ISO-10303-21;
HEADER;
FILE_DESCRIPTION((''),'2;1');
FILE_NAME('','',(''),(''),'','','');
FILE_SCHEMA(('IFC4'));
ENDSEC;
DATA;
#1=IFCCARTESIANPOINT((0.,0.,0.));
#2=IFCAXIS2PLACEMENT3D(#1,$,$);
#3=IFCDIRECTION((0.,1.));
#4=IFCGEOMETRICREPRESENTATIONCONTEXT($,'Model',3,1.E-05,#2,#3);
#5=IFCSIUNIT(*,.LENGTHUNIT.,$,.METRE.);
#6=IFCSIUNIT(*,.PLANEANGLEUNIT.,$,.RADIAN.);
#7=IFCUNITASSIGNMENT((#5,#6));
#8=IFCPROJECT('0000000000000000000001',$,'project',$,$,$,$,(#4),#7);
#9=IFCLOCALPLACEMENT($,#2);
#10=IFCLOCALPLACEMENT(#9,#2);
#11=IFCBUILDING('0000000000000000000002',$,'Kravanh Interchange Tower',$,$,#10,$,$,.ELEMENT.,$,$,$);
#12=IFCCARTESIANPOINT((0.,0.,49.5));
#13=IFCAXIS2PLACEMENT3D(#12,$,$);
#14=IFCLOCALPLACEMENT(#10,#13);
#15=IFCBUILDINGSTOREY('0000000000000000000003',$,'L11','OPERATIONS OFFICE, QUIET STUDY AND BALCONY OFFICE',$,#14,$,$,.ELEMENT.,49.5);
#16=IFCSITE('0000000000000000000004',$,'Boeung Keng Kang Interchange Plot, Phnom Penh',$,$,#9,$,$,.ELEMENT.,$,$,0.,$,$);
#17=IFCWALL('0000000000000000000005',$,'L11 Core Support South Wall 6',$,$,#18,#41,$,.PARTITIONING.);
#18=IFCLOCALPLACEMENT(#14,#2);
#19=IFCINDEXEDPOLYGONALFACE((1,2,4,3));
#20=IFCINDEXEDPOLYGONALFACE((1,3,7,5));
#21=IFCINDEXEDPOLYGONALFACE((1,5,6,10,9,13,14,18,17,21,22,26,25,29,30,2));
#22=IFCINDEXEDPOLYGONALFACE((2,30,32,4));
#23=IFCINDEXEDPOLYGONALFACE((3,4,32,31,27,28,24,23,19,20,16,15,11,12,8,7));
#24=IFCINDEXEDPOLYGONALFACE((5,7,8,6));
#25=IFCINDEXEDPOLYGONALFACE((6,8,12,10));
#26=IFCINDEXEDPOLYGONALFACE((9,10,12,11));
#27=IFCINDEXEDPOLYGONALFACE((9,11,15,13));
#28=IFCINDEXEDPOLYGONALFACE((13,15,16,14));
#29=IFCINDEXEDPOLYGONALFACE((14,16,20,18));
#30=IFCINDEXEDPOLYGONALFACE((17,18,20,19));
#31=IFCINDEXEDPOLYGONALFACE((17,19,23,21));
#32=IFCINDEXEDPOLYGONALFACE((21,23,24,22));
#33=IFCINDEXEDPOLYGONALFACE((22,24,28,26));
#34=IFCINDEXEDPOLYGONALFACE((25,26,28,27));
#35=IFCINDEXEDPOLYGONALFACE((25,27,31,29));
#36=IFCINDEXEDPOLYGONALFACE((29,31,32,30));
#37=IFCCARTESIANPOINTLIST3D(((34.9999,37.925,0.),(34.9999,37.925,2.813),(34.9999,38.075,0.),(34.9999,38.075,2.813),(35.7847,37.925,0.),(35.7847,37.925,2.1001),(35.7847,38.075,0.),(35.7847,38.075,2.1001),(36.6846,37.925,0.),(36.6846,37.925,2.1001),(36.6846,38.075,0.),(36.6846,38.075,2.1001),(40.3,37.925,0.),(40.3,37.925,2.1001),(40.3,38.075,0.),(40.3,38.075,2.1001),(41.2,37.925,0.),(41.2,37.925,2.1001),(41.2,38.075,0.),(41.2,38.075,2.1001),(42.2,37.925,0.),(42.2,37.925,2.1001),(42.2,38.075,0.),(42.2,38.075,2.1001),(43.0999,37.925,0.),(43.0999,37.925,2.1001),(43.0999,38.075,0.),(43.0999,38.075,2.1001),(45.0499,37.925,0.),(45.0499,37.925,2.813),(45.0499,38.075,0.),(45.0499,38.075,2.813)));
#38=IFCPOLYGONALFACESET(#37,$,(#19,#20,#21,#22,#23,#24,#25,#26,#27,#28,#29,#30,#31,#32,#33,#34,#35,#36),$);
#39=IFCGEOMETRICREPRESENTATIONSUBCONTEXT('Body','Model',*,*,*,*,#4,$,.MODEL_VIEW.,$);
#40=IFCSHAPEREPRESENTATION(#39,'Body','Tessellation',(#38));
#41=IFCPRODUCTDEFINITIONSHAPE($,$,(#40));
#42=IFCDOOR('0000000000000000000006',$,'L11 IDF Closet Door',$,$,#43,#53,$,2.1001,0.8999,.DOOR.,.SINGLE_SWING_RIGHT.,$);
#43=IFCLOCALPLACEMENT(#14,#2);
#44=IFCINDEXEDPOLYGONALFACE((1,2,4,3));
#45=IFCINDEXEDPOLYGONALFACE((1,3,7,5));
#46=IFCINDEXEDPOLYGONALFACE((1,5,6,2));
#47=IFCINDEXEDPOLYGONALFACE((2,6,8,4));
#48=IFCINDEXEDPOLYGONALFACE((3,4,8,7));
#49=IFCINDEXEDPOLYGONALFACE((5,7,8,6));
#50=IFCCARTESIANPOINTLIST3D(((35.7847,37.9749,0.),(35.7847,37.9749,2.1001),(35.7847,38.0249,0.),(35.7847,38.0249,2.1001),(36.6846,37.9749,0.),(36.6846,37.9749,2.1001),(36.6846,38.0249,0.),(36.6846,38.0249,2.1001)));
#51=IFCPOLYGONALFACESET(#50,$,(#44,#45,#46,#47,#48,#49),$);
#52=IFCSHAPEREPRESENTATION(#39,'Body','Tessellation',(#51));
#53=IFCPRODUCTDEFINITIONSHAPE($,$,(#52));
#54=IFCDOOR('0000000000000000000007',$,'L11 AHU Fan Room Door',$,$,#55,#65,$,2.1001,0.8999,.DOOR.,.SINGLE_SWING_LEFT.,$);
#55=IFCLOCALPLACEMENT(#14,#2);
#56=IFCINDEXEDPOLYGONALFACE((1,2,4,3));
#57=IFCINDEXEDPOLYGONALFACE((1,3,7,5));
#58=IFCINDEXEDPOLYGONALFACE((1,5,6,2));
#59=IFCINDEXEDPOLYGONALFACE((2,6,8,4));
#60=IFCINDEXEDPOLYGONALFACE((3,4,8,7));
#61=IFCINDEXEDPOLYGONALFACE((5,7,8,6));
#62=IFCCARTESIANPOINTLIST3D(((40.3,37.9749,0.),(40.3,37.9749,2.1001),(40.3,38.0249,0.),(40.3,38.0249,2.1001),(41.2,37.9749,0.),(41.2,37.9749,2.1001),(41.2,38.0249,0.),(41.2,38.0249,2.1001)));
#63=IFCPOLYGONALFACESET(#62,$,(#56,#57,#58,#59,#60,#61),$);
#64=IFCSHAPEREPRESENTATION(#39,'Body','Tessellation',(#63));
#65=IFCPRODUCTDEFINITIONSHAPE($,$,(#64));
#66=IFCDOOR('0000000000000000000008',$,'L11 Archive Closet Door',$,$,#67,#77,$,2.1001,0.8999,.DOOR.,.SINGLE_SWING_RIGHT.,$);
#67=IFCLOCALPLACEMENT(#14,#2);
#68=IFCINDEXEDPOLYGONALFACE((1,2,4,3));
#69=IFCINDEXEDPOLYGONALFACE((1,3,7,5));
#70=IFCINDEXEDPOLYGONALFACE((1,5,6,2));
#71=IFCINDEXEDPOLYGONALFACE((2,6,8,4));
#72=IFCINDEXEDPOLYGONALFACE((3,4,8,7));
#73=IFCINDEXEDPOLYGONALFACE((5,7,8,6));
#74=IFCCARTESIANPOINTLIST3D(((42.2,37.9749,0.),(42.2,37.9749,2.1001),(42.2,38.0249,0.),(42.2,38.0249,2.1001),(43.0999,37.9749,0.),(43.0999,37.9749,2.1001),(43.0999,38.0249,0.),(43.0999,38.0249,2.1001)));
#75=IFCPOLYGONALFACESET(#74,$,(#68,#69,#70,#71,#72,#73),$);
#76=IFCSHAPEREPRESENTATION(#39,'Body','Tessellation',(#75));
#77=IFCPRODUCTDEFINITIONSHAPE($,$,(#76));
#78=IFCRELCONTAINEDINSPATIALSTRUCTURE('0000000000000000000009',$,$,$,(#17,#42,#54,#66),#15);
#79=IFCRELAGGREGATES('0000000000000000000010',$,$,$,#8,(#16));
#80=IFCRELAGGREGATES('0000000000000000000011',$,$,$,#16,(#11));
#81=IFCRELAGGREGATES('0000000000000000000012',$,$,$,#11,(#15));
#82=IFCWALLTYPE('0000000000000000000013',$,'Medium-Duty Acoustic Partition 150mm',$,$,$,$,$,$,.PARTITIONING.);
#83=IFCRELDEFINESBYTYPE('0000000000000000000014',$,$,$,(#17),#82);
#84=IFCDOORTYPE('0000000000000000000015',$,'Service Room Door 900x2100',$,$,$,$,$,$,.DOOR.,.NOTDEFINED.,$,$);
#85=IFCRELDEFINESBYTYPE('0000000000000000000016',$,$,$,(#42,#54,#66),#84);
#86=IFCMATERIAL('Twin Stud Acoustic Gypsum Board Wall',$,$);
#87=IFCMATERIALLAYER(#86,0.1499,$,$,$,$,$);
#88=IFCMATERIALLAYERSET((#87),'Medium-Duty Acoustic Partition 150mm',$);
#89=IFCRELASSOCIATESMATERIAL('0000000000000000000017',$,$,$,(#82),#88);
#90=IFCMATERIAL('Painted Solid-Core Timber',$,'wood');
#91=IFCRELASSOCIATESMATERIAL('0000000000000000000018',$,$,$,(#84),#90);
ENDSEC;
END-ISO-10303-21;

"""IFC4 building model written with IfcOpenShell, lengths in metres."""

from ifc_helpers import new_model, si_unit, direction, frame, frame_2d, origin, place, context, subcontext, project, spatial, rectangle, extrude, material, layer, layer_set, type_object, element, fill, save


model = new_model("IFC4")

# Units and contexts
model_context = context("Model", 3, precision=1e-05, world=origin(), true_north=direction((0.0, 1.0)))
body_context = subcontext(model_context, "Body", "Model", "MODEL_VIEW")
ifc_project = project(units=[si_unit("LENGTHUNIT", "METRE"), si_unit("PLANEANGLEUNIT", "RADIAN")], contexts=[model_context])

# Site, building, storey
site_placement = place(None, origin())
site = spatial("IfcSite", under=ifc_project, at=site_placement, Name="Boeung Keng Kang Interchange Plot, Phnom Penh", CompositionType="ELEMENT", RefElevation=0.0)
building_placement = place(site_placement, origin())
building = spatial("IfcBuilding", under=site, at=building_placement, Name="Kravanh Interchange Tower", CompositionType="ELEMENT")
storey_placement = place(building_placement, frame((0.0, 0.0, 49.5)))
storey = spatial("IfcBuildingStorey", under=building, at=storey_placement, Name="L11", Description="OPERATIONS OFFICE, QUIET STUDY AND BALCONY OFFICE", CompositionType="ELEMENT", Elevation=49.5)

# Wall, openings, doors
ifc_material_1 = material(Name="Twin Stud Acoustic Gypsum Board Wall")
ifc_layer_1 = layer(ifc_material_1, 0.1499)
ifc_layer_set_1 = layer_set([ifc_layer_1], Name="Medium-Duty Acoustic Partition 150mm")
wall_type_1 = type_object("IfcWallType", Name="Medium-Duty Acoustic Partition 150mm", PredefinedType="PARTITIONING", material=ifc_layer_set_1)
wall_1_placement = place(storey_placement, frame((35.0, 38.0, 0.0), z_axis=(0.0, 0.0, 1.0), x_axis=(1.0, 0.0, 0.0)))
wall_1 = element("IfcWall", 1, at=wall_1_placement, inside=storey, type_object=wall_type_1, Name="L11 Core Support South Wall 6", PredefinedType="PARTITIONING", context=body_context, shape_type="SweptSolid", body=[
    extrude(rectangle(XDim=10.05, YDim=0.1499, at=frame_2d((5.0249, 0.0))), origin(), (0.0, 0.0, 1.0), 2.813),
])
opening_1_placement = place(wall_1_placement, frame((0.7847, 0.0, 0.0)))
opening_1 = element("IfcOpeningElement", 2, at=opening_1_placement, cuts=wall_1, PredefinedType="OPENING", context=body_context, shape_type="SweptSolid", body=[
    extrude(rectangle(XDim=0.8999, YDim=2.1001, at=frame_2d((0.45, 1.05))), frame((0.0, 0.085, 0.0), z_axis=(0.0, -1.0, 0.0), x_axis=(1.0, 0.0, 0.0)), (0.0, 0.0, 1.0), 0.1699),
])
opening_2_placement = place(wall_1_placement, frame((5.3, 0.0, 0.0)))
opening_2 = element("IfcOpeningElement", 3, at=opening_2_placement, cuts=wall_1, PredefinedType="OPENING", context=body_context, shape_type="SweptSolid", body=[
    extrude(rectangle(XDim=0.8999, YDim=2.1001, at=frame_2d((0.45, 1.05))), frame((0.0, 0.085, 0.0), z_axis=(0.0, -1.0, 0.0), x_axis=(1.0, 0.0, 0.0)), (0.0, 0.0, 1.0), 0.1699),
])
opening_3_placement = place(wall_1_placement, frame((7.2, 0.0, 0.0)))
opening_3 = element("IfcOpeningElement", 4, at=opening_3_placement, cuts=wall_1, PredefinedType="OPENING", context=body_context, shape_type="SweptSolid", body=[
    extrude(rectangle(XDim=0.8999, YDim=2.1001, at=frame_2d((0.45, 1.05))), frame((0.0, 0.085, 0.0), z_axis=(0.0, -1.0, 0.0), x_axis=(1.0, 0.0, 0.0)), (0.0, 0.0, 1.0), 0.1699),
])
ifc_material_2 = material(Name="Painted Solid-Core Timber", Category="wood")
door_type = type_object("IfcDoorType", Name="Service Room Door 900x2100", OperationType="NOTDEFINED", PredefinedType="DOOR", material=ifc_material_2)
door_1_placement = place(opening_1_placement, origin())
door_1 = element("IfcDoor", 5, at=door_1_placement, inside=storey, type_object=door_type, Name="L11 IDF Closet Door", OperationType="SINGLE_SWING_RIGHT", OverallHeight=2.1001, OverallWidth=0.8999, PredefinedType="DOOR", context=body_context, shape_type="SweptSolid", body=[
    extrude(rectangle(XDim=0.8999, YDim=2.1001, at=frame_2d((0.45, 1.05))), frame((0.0, 0.0249, 0.0), z_axis=(0.0, -1.0, 0.0), x_axis=(1.0, 0.0, 0.0)), (0.0, 0.0, 1.0), 0.05),
])
fill(opening_1, door_1)
door_2_placement = place(opening_2_placement, origin())
door_2 = element("IfcDoor", 6, at=door_2_placement, inside=storey, type_object=door_type, Name="L11 AHU Fan Room Door", OperationType="SINGLE_SWING_LEFT", OverallHeight=2.1001, OverallWidth=0.8999, PredefinedType="DOOR", context=body_context, shape_type="SweptSolid", body=[
    extrude(rectangle(XDim=0.8999, YDim=2.1001, at=frame_2d((0.45, 1.05))), frame((0.0, 0.0249, 0.0), z_axis=(0.0, -1.0, 0.0), x_axis=(1.0, 0.0, 0.0)), (0.0, 0.0, 1.0), 0.05),
])
fill(opening_2, door_2)
door_3_placement = place(opening_3_placement, origin())
door_3 = element("IfcDoor", 7, at=door_3_placement, inside=storey, type_object=door_type, Name="L11 Archive Closet Door", OperationType="SINGLE_SWING_RIGHT", OverallHeight=2.1001, OverallWidth=0.8999, PredefinedType="DOOR", context=body_context, shape_type="SweptSolid", body=[
    extrude(rectangle(XDim=0.8999, YDim=2.1001, at=frame_2d((0.45, 1.05))), frame((0.0, 0.0249, 0.0), z_axis=(0.0, -1.0, 0.0), x_axis=(1.0, 0.0, 0.0)), (0.0, 0.0, 1.0), 0.05),
])
fill(opening_3, door_3)

save(model, "model.ifc")
